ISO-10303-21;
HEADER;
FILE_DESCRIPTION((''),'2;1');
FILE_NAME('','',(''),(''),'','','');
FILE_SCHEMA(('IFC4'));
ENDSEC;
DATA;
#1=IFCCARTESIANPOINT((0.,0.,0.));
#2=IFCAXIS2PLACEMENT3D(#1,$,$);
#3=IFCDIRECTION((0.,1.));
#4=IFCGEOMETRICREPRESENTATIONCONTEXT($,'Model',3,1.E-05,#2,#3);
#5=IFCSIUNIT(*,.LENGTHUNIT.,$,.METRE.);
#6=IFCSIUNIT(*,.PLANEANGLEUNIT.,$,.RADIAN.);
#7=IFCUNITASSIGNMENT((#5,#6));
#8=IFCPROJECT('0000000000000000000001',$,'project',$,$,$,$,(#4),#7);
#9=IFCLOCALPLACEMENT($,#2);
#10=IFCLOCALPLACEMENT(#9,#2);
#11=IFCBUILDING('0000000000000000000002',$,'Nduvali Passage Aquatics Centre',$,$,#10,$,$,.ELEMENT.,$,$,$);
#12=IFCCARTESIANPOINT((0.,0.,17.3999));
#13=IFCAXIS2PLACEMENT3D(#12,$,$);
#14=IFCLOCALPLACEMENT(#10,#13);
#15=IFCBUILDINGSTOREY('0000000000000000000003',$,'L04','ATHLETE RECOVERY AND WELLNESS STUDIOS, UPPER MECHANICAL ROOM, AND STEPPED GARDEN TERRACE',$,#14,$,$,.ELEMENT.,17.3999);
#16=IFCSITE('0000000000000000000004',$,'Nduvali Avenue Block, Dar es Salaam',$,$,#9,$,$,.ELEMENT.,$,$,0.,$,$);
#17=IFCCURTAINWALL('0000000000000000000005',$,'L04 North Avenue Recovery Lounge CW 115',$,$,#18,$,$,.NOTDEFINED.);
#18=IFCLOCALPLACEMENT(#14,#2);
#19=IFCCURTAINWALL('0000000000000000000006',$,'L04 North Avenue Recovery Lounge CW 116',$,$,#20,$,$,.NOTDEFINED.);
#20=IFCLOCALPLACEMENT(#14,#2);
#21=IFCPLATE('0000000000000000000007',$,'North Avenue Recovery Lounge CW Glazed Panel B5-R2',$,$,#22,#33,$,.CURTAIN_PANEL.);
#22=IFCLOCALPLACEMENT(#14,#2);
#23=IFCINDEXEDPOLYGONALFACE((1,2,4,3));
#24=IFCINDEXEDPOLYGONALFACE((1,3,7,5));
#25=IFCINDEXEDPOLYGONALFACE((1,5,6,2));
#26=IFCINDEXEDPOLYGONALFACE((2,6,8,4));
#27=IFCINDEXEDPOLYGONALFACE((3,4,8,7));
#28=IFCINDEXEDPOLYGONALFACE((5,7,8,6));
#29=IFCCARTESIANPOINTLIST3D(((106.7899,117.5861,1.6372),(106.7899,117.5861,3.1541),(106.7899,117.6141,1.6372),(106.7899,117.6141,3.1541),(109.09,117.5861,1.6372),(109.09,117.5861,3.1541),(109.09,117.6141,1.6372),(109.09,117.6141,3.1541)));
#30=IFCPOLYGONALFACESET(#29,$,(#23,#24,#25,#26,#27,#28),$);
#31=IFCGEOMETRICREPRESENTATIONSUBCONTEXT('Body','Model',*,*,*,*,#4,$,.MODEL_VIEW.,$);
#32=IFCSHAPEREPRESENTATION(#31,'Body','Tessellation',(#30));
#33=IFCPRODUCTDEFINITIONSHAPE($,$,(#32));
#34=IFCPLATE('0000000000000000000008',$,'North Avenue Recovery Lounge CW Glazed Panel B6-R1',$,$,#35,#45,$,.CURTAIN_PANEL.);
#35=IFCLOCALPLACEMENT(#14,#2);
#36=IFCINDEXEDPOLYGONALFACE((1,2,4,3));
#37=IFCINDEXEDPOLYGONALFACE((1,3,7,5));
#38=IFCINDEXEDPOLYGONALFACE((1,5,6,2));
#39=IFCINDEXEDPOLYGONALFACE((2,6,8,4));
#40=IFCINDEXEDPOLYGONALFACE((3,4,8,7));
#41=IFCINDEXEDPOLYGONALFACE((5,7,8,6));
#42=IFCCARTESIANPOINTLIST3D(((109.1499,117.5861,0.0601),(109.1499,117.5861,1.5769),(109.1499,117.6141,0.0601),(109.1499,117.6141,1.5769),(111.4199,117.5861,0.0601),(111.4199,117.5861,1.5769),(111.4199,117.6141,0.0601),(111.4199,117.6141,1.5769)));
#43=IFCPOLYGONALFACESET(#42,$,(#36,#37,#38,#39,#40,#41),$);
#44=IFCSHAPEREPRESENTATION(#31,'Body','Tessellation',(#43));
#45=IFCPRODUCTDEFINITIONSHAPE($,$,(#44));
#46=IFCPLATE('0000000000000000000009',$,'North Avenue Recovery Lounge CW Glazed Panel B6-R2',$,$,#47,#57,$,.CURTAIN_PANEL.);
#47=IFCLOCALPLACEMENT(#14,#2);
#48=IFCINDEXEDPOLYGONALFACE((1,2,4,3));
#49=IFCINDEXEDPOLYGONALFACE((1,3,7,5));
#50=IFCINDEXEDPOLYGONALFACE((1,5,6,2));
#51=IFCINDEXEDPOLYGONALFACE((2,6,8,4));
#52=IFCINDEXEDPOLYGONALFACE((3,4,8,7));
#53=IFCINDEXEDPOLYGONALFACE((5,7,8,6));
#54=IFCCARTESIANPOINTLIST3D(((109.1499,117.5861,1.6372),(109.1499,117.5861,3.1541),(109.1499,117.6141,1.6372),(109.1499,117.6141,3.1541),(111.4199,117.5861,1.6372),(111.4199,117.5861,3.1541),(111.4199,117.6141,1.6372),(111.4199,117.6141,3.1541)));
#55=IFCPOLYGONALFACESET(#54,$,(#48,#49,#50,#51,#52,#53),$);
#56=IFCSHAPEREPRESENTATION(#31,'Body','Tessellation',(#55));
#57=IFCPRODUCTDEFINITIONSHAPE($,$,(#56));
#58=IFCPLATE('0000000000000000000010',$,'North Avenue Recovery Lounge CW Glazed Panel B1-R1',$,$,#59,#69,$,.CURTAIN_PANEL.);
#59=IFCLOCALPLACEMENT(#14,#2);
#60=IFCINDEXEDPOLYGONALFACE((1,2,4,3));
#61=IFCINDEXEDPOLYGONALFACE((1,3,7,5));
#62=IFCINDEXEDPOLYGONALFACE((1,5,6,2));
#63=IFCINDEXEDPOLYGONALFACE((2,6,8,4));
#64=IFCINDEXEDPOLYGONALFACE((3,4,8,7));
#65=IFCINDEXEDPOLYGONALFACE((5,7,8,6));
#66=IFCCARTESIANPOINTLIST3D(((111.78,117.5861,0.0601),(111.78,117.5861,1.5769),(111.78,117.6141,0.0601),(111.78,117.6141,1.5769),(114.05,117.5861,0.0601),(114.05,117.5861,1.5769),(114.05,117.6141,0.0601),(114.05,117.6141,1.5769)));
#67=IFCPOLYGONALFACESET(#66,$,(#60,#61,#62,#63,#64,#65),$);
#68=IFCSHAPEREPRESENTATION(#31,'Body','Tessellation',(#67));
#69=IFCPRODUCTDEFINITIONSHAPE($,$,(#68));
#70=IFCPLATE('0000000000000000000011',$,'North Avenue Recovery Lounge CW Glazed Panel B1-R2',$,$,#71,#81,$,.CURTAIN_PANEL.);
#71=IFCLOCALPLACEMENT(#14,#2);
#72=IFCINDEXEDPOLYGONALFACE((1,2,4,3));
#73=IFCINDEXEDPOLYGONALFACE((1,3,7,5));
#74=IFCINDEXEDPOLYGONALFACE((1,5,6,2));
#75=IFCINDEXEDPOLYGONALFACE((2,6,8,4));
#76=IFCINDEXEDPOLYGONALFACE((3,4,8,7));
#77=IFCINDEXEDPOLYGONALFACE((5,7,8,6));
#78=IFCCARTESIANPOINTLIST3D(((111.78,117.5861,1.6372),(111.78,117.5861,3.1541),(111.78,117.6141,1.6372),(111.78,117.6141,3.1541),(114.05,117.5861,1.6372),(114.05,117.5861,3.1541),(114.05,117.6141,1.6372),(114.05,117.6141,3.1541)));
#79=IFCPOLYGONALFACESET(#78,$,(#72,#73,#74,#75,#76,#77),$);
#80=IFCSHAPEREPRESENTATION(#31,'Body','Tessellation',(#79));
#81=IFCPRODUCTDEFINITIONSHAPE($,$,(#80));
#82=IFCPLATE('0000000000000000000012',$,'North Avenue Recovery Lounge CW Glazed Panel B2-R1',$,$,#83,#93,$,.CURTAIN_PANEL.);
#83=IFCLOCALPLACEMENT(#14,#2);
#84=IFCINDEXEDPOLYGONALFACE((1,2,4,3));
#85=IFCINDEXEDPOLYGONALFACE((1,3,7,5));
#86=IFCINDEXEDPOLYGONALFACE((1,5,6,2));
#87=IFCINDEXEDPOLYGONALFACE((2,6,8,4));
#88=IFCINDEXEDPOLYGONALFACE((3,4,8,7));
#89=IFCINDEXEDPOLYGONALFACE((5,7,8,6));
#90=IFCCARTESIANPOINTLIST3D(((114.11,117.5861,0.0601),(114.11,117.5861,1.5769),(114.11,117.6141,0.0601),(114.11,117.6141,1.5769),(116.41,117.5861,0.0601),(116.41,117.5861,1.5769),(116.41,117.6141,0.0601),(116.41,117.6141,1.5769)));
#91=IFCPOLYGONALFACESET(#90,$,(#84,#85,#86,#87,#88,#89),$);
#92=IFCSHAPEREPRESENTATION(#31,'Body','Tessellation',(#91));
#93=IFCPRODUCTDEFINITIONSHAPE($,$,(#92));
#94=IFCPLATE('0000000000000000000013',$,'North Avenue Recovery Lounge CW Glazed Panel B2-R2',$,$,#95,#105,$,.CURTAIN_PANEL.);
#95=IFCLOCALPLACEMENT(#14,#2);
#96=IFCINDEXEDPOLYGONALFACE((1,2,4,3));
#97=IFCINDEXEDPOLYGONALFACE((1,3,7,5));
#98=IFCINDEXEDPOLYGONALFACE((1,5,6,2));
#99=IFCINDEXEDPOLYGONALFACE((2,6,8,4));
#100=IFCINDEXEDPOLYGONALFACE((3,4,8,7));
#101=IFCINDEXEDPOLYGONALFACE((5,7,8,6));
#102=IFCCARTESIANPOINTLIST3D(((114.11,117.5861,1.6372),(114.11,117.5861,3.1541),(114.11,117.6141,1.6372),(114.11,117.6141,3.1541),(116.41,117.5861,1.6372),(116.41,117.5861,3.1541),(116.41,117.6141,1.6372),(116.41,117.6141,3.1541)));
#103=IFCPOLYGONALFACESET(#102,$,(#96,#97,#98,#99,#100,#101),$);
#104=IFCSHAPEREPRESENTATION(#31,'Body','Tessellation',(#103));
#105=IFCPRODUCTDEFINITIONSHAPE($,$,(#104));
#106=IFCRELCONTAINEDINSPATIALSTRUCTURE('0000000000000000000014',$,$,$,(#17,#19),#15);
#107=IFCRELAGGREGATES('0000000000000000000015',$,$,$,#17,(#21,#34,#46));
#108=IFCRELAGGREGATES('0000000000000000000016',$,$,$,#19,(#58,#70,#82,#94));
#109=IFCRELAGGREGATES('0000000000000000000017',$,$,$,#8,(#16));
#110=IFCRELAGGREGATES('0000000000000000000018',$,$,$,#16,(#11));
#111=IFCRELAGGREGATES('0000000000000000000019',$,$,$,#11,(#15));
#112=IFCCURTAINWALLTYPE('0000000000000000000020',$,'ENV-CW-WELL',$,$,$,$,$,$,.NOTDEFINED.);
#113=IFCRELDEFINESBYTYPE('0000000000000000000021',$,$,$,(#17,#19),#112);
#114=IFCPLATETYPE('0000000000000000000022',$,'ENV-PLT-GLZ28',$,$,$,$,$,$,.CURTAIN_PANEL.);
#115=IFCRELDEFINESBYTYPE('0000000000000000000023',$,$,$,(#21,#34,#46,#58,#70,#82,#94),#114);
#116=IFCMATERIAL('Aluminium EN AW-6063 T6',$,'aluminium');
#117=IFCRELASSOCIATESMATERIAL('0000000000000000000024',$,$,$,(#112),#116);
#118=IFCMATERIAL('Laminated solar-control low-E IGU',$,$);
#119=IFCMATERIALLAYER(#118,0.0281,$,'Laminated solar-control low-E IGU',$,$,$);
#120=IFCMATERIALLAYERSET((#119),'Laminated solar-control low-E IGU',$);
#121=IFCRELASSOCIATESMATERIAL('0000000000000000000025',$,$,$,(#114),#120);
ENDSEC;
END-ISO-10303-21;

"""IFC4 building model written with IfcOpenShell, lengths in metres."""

from ifc_helpers import new_model, si_unit, direction, frame, origin, origin_2d, place, context, subcontext, project, spatial, rectangle, extrude, material, layer, layer_set, type_object, element, aggregate, save


model = new_model("IFC4")

# Units and contexts
model_context = context("Model", 3, precision=1e-05, world=origin(), true_north=direction((0.0, 1.0)))
body_context = subcontext(model_context, "Body", "Model", "MODEL_VIEW")
ifc_project = project(units=[si_unit("LENGTHUNIT", "METRE"), si_unit("PLANEANGLEUNIT", "RADIAN")], contexts=[model_context])

# Site, building, storey
site_placement = place(None, origin())
site = spatial("IfcSite", under=ifc_project, at=site_placement, Name="Nduvali Avenue Block, Dar es Salaam", CompositionType="ELEMENT", RefElevation=0.0)
building_placement = place(site_placement, origin())
building = spatial("IfcBuilding", under=site, at=building_placement, Name="Nduvali Passage Aquatics Centre", CompositionType="ELEMENT")
storey_placement = place(building_placement, frame((0.0, 0.0, 17.3999)))
storey = spatial("IfcBuildingStorey", under=building, at=storey_placement, Name="L04", Description="ATHLETE RECOVERY AND WELLNESS STUDIOS, UPPER MECHANICAL ROOM, AND STEPPED GARDEN TERRACE", CompositionType="ELEMENT", Elevation=17.3999)

# Curtain walls
ifc_material_1 = material(Name="Aluminium EN AW-6063 T6", Category="aluminium")
curtain_wall_type = type_object("IfcCurtainWallType", Name="ENV-CW-WELL", PredefinedType="NOTDEFINED", material=ifc_material_1)
curtain_wall_1_placement = place(storey_placement, origin())
curtain_wall_1 = element("IfcCurtainWall", 1, at=curtain_wall_1_placement, inside=storey, type_object=curtain_wall_type, Name="L04 North Avenue Recovery Lounge CW 115", PredefinedType="NOTDEFINED")
curtain_wall_2_placement = place(storey_placement, origin())
curtain_wall_2 = element("IfcCurtainWall", 2, at=curtain_wall_2_placement, inside=storey, type_object=curtain_wall_type, Name="L04 North Avenue Recovery Lounge CW 116", PredefinedType="NOTDEFINED")

# Plates
ifc_material_2 = material(Name="Laminated solar-control low-E IGU")
ifc_layer = layer(ifc_material_2, 0.0281, Name="Laminated solar-control low-E IGU")
ifc_layer_set = layer_set([ifc_layer], Name="Laminated solar-control low-E IGU")
plate_type = type_object("IfcPlateType", Name="ENV-PLT-GLZ28", PredefinedType="CURTAIN_PANEL", material=ifc_layer_set)
plate_1_placement = place(storey_placement, frame((107.9399, 117.6001, 1.6372), z_axis=(0.0, 0.0, 1.0), x_axis=(1.0, 0.0, 0.0)))
plate_1 = element("IfcPlate", 3, at=plate_1_placement, type_object=plate_type, Name="North Avenue Recovery Lounge CW Glazed Panel B5-R2", PredefinedType="CURTAIN_PANEL", context=body_context, shape_type="SweptSolid", body=[
    extrude(rectangle(XDim=2.3, YDim=0.0281, at=origin_2d()), origin(), (0.0, 0.0, 1.0), 1.5168),
])
plate_2_placement = place(storey_placement, frame((110.2849, 117.6001, 0.0601), z_axis=(0.0, 0.0, 1.0), x_axis=(1.0, 0.0, 0.0)))
plate_2 = element("IfcPlate", 4, at=plate_2_placement, type_object=plate_type, Name="North Avenue Recovery Lounge CW Glazed Panel B6-R1", PredefinedType="CURTAIN_PANEL", context=body_context, shape_type="SweptSolid", body=[
    extrude(rectangle(XDim=2.27, YDim=0.0281, at=origin_2d()), origin(), (0.0, 0.0, 1.0), 1.5168),
])
plate_3_placement = place(storey_placement, frame((110.2849, 117.6001, 1.6372), z_axis=(0.0, 0.0, 1.0), x_axis=(1.0, 0.0, 0.0)))
plate_3 = element("IfcPlate", 5, at=plate_3_placement, type_object=plate_type, Name="North Avenue Recovery Lounge CW Glazed Panel B6-R2", PredefinedType="CURTAIN_PANEL", context=body_context, shape_type="SweptSolid", body=[
    extrude(rectangle(XDim=2.27, YDim=0.0281, at=origin_2d()), origin(), (0.0, 0.0, 1.0), 1.5168),
])
aggregate(curtain_wall_1, [plate_1, plate_2, plate_3])
plate_4_placement = place(storey_placement, frame((112.915, 117.6001, 0.0601), z_axis=(0.0, 0.0, 1.0), x_axis=(1.0, 0.0, 0.0)))
plate_4 = element("IfcPlate", 6, at=plate_4_placement, type_object=plate_type, Name="North Avenue Recovery Lounge CW Glazed Panel B1-R1", PredefinedType="CURTAIN_PANEL", context=body_context, shape_type="SweptSolid", body=[
    extrude(rectangle(XDim=2.27, YDim=0.0281, at=origin_2d()), origin(), (0.0, 0.0, 1.0), 1.5168),
])
plate_5_placement = place(storey_placement, frame((112.915, 117.6001, 1.6372), z_axis=(0.0, 0.0, 1.0), x_axis=(1.0, 0.0, 0.0)))
plate_5 = element("IfcPlate", 7, at=plate_5_placement, type_object=plate_type, Name="North Avenue Recovery Lounge CW Glazed Panel B1-R2", PredefinedType="CURTAIN_PANEL", context=body_context, shape_type="SweptSolid", body=[
    extrude(rectangle(XDim=2.27, YDim=0.0281, at=origin_2d()), origin(), (0.0, 0.0, 1.0), 1.5168),
])
plate_6_placement = place(storey_placement, frame((115.26, 117.6001, 0.0601), z_axis=(0.0, 0.0, 1.0), x_axis=(1.0, 0.0, 0.0)))
plate_6 = element("IfcPlate", 8, at=plate_6_placement, type_object=plate_type, Name="North Avenue Recovery Lounge CW Glazed Panel B2-R1", PredefinedType="CURTAIN_PANEL", context=body_context, shape_type="SweptSolid", body=[
    extrude(rectangle(XDim=2.3, YDim=0.0281, at=origin_2d()), origin(), (0.0, 0.0, 1.0), 1.5168),
])
plate_7_placement = place(storey_placement, frame((115.26, 117.6001, 1.6372), z_axis=(0.0, 0.0, 1.0), x_axis=(1.0, 0.0, 0.0)))
plate_7 = element("IfcPlate", 9, at=plate_7_placement, type_object=plate_type, Name="North Avenue Recovery Lounge CW Glazed Panel B2-R2", PredefinedType="CURTAIN_PANEL", context=body_context, shape_type="SweptSolid", body=[
    extrude(rectangle(XDim=2.3, YDim=0.0281, at=origin_2d()), origin(), (0.0, 0.0, 1.0), 1.5168),
])
aggregate(curtain_wall_2, [plate_4, plate_5, plate_6, plate_7])

save(model, "model.ifc")
